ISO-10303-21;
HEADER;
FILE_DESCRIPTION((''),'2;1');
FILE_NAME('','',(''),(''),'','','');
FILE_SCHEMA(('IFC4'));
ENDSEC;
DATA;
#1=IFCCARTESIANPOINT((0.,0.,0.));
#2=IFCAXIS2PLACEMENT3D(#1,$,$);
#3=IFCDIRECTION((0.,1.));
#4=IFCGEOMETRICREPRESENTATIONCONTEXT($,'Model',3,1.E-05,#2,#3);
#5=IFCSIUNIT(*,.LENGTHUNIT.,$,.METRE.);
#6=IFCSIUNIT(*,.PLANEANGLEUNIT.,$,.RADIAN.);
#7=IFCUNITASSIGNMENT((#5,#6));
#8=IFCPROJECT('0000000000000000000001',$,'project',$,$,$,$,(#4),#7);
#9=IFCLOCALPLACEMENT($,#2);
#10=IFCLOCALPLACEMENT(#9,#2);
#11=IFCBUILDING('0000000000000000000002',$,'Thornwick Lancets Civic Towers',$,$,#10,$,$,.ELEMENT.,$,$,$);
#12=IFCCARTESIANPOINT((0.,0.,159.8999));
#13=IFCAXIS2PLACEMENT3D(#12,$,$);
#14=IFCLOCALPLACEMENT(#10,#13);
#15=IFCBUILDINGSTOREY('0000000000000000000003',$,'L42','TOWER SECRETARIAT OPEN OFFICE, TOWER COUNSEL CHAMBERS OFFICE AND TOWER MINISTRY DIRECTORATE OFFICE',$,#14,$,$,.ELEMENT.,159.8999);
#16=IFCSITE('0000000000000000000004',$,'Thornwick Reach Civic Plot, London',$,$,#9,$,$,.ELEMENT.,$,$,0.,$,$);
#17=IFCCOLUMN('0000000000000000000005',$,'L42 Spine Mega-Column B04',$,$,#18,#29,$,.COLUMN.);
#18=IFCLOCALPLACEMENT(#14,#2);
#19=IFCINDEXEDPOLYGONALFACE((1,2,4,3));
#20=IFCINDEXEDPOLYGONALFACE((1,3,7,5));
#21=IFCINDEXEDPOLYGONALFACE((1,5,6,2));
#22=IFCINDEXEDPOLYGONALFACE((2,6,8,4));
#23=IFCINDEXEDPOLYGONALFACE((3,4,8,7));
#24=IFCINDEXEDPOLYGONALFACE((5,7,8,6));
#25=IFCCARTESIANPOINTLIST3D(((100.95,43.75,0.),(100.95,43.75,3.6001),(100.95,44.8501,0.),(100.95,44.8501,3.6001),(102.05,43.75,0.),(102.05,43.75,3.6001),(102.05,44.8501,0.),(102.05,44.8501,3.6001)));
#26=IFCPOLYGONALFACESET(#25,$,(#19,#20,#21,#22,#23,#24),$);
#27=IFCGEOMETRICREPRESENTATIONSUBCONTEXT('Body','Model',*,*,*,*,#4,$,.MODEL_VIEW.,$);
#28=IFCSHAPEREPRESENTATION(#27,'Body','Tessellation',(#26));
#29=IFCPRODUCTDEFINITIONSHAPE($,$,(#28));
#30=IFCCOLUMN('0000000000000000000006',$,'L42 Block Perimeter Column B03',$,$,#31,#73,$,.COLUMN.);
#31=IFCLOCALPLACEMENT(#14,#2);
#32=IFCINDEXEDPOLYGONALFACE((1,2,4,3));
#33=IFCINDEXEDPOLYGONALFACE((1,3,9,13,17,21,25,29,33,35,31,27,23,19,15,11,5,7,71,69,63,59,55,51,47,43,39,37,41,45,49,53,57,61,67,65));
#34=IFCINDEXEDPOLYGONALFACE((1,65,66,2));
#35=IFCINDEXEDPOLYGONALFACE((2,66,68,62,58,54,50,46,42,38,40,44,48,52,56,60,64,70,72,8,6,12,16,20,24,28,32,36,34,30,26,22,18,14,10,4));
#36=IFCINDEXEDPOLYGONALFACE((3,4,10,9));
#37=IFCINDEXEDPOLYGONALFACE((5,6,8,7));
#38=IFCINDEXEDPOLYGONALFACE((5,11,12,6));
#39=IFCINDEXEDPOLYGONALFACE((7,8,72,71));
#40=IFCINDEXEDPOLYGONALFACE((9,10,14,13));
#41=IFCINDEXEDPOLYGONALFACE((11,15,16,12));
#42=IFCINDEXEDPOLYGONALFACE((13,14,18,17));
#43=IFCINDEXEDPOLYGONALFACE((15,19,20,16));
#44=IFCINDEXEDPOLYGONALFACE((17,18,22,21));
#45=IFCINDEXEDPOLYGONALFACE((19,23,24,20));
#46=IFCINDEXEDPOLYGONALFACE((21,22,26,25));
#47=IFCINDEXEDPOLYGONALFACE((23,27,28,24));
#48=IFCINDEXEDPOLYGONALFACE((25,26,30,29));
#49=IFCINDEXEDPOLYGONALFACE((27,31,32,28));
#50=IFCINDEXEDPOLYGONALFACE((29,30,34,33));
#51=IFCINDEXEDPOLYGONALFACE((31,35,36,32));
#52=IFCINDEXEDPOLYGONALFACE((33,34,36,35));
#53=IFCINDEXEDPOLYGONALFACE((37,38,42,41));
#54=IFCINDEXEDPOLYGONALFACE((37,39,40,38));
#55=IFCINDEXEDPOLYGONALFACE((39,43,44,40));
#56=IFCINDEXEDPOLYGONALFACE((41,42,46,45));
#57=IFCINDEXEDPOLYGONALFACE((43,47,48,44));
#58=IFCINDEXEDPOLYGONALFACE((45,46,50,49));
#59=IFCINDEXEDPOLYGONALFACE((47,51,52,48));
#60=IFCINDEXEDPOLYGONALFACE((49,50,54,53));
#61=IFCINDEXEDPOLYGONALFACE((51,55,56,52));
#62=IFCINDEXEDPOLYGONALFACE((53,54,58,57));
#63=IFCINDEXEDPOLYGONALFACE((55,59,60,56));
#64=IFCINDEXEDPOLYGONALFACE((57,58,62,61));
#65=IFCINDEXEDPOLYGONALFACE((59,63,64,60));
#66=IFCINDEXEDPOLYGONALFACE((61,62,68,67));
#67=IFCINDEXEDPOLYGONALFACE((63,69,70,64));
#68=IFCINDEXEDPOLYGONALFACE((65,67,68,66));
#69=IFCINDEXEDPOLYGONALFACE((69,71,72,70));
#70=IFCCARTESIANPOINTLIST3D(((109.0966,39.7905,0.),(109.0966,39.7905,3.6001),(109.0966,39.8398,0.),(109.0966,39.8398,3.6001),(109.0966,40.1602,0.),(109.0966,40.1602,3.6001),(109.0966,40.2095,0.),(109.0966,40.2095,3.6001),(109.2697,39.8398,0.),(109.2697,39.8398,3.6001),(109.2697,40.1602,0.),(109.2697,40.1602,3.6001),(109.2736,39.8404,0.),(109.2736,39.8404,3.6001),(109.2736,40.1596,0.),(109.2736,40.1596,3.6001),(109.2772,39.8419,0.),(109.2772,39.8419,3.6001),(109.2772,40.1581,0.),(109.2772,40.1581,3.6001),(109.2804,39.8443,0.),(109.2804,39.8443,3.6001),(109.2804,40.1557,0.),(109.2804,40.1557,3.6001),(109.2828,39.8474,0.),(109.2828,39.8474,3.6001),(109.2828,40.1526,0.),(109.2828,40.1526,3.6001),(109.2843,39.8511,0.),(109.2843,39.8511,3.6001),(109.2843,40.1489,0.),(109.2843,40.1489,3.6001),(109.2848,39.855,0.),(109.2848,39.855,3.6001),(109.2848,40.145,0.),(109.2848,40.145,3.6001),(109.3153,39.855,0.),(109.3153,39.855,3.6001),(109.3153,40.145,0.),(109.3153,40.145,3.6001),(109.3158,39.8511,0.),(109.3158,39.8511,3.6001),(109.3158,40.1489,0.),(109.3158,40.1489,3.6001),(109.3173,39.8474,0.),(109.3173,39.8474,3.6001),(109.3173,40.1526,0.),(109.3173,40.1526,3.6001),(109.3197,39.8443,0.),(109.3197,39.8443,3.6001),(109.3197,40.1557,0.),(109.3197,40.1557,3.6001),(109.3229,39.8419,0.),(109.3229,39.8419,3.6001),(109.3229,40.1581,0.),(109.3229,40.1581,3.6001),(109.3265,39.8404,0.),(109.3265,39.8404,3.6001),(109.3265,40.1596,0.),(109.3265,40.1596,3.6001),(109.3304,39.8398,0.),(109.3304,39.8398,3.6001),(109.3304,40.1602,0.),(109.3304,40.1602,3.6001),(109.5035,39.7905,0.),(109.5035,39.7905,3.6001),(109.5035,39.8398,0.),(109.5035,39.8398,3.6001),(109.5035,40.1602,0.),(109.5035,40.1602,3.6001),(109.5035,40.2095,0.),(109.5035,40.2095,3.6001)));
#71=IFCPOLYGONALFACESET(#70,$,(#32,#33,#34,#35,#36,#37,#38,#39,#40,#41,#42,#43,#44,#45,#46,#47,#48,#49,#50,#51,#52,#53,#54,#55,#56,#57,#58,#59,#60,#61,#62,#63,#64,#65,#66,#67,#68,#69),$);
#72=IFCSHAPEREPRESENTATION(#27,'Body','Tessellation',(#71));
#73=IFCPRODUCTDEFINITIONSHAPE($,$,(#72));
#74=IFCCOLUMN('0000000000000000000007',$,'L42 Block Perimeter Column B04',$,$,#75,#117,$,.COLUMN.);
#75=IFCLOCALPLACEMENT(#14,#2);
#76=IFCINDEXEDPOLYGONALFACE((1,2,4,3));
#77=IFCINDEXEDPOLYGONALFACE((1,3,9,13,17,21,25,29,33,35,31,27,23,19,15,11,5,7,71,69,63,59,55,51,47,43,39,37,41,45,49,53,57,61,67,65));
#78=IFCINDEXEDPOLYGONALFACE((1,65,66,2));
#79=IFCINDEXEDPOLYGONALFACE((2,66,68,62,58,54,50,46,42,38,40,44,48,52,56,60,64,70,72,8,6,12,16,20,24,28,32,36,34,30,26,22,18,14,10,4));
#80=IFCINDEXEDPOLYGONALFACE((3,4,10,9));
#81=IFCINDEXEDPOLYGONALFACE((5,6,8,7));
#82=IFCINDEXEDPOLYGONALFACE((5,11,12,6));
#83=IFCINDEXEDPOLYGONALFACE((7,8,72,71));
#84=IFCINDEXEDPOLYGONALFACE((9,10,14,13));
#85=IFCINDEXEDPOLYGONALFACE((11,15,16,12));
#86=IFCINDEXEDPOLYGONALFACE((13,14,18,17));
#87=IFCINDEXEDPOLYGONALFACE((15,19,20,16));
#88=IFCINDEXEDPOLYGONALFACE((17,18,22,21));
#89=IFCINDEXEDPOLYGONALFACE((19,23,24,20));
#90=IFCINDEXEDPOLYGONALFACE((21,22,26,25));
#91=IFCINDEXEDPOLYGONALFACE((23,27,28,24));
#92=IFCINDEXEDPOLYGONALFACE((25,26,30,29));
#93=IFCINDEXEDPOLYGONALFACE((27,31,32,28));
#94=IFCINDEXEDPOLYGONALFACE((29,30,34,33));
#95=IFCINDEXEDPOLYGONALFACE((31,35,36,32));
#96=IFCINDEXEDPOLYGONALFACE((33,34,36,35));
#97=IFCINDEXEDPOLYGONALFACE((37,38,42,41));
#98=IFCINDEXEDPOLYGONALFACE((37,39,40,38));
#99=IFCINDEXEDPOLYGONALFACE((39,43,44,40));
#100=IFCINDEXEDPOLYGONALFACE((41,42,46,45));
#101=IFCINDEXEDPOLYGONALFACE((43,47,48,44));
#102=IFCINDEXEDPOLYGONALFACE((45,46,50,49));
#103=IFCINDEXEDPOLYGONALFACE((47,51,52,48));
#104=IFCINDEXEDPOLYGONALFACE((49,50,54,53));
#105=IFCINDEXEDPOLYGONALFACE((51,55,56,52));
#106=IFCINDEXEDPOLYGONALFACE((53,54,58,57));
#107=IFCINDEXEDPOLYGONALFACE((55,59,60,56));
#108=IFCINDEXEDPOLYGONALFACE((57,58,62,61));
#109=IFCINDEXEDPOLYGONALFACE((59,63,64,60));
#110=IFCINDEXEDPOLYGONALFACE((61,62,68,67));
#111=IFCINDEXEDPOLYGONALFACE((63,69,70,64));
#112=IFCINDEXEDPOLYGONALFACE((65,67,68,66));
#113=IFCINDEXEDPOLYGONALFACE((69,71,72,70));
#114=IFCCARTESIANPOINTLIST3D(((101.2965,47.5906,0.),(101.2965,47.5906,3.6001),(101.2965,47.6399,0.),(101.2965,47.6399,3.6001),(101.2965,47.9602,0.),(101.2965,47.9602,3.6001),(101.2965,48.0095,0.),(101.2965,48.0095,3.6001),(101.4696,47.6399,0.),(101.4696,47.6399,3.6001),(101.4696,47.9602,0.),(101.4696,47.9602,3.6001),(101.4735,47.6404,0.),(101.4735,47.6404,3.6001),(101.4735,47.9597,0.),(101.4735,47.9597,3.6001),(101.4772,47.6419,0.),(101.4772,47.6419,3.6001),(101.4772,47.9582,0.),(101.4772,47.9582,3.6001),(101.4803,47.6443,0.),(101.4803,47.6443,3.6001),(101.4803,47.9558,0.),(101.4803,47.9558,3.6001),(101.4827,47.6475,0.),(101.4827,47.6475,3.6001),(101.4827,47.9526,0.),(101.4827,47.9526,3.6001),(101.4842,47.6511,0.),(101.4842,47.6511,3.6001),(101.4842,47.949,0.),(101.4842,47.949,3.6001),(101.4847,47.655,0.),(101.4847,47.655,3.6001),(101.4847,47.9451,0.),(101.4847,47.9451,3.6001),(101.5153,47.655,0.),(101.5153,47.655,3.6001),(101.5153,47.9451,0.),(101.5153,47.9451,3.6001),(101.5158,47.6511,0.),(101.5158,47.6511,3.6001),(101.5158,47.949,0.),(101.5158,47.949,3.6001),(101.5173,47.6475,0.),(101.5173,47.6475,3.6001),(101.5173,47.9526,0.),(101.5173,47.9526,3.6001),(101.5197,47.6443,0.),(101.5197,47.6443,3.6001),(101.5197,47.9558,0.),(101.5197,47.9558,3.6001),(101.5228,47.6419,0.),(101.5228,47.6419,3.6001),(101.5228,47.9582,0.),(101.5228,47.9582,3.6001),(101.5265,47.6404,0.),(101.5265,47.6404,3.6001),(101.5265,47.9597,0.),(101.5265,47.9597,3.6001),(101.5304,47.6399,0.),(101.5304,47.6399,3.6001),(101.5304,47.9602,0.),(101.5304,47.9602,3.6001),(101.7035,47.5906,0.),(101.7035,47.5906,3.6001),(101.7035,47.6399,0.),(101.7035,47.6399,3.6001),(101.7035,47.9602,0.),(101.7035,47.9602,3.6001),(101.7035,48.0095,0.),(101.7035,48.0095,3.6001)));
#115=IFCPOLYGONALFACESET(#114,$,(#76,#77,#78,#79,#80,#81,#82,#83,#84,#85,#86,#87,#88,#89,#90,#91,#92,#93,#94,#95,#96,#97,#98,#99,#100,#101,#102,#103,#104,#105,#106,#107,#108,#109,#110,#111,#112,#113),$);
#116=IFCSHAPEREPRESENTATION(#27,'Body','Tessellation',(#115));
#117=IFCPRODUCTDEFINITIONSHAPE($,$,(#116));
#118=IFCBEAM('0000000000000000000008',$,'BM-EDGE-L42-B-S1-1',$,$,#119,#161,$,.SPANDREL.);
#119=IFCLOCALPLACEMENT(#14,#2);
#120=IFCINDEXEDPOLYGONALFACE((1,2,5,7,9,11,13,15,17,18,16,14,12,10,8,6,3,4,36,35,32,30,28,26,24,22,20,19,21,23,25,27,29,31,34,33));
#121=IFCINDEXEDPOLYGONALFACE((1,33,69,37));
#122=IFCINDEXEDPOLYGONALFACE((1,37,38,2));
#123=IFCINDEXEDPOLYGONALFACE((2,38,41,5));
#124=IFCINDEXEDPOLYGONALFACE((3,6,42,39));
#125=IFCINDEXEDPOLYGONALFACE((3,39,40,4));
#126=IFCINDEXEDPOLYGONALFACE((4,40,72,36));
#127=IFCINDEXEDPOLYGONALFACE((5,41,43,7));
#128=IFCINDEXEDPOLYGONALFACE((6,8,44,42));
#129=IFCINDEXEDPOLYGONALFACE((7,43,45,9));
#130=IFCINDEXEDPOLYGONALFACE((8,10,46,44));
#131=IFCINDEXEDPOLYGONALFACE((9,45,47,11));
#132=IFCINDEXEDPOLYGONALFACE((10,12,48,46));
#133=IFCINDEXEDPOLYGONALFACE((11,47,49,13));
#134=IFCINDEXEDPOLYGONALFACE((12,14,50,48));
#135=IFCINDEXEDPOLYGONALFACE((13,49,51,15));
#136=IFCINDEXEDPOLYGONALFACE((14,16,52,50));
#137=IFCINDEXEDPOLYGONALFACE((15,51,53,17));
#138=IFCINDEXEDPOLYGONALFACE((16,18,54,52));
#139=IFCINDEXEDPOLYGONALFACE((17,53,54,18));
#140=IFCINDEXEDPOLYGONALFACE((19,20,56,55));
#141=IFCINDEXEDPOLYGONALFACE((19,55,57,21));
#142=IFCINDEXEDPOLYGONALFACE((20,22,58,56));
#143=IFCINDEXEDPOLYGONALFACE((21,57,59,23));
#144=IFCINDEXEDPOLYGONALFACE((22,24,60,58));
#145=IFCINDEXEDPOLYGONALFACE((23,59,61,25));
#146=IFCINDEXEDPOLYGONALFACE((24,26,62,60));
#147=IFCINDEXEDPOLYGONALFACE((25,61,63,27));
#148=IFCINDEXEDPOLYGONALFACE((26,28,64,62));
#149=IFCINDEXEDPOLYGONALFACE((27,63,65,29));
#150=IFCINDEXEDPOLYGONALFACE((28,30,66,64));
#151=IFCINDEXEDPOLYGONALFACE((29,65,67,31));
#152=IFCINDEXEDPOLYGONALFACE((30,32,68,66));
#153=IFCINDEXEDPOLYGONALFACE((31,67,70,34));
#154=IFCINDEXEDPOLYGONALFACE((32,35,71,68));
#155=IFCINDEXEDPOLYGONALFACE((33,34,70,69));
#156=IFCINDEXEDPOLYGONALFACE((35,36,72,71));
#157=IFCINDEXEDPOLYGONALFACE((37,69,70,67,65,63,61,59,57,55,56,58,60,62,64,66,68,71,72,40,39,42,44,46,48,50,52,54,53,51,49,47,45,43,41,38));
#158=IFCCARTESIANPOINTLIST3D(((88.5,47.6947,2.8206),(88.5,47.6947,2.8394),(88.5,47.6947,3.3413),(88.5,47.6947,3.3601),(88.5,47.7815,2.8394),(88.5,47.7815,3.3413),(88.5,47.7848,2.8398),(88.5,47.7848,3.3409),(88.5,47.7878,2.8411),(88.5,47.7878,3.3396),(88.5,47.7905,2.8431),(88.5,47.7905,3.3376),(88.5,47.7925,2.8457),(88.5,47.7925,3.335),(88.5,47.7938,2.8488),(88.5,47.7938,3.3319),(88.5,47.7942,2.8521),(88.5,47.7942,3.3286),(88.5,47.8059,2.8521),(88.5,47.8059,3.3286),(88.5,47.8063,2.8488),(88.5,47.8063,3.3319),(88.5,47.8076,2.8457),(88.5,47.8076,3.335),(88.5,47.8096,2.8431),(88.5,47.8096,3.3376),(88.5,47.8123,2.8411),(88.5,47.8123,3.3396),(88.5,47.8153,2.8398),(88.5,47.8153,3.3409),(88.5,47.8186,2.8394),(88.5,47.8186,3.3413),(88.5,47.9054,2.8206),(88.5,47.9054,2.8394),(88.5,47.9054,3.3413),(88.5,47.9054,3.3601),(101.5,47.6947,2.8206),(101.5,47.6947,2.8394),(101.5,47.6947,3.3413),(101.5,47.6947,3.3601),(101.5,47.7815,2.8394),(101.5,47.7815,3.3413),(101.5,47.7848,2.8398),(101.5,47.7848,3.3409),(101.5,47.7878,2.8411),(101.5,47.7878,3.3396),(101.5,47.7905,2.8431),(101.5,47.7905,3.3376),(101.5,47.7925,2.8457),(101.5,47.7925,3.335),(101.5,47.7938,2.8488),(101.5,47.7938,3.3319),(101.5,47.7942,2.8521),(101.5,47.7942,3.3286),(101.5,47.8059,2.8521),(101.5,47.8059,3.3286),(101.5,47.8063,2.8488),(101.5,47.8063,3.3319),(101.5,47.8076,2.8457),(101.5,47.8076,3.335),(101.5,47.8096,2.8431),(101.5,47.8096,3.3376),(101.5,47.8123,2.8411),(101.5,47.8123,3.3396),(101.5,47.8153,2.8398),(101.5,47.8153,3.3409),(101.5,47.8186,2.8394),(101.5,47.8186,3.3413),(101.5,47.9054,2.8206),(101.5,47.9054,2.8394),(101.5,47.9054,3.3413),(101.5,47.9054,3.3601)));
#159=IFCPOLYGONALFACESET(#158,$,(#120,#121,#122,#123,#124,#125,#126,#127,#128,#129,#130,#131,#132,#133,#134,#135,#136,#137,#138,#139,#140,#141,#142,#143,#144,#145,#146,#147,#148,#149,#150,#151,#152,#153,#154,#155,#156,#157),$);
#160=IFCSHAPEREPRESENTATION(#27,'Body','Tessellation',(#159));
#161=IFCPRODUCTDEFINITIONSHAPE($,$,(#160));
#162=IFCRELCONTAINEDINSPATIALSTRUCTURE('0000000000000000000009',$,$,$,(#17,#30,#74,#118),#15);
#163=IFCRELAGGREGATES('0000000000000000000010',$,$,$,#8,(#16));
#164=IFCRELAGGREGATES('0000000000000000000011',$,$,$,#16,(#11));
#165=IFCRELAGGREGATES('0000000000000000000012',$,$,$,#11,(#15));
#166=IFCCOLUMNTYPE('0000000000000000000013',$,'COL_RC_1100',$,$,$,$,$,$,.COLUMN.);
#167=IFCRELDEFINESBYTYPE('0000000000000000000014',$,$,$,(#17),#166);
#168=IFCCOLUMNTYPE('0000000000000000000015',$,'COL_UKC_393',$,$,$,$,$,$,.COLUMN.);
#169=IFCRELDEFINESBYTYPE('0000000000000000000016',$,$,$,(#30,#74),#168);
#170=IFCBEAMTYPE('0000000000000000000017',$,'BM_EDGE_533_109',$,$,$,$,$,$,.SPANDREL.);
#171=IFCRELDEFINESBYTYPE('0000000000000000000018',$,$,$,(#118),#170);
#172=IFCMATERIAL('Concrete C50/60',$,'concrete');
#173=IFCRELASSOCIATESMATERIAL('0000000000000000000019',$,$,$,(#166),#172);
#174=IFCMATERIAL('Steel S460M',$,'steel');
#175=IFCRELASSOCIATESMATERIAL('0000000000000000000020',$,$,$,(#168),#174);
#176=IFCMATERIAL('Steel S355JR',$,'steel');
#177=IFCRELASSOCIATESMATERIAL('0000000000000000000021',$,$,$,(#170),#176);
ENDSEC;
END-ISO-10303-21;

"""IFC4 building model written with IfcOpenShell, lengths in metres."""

from ifc_helpers import new_model, si_unit, direction, frame, origin, origin_2d, place, context, subcontext, project, spatial, rectangle, i_section, extrude, material, material_profile, profile_set, type_object, element, save


model = new_model("IFC4")

# Units and contexts
model_context = context("Model", 3, precision=1e-05, world=origin(), true_north=direction((0.0, 1.0)))
body_context = subcontext(model_context, "Body", "Model", "MODEL_VIEW")
ifc_project = project(units=[si_unit("LENGTHUNIT", "METRE"), si_unit("PLANEANGLEUNIT", "RADIAN")], contexts=[model_context])

# Site, building, storey
site_placement = place(None, origin())
site = spatial("IfcSite", under=ifc_project, at=site_placement, Name="Thornwick Reach Civic Plot, London", CompositionType="ELEMENT", RefElevation=0.0)
building_placement = place(site_placement, origin())
building = spatial("IfcBuilding", under=site, at=building_placement, Name="Thornwick Lancets Civic Towers", CompositionType="ELEMENT")
storey_placement = place(building_placement, frame((0.0, 0.0, 159.8999)))
storey = spatial("IfcBuildingStorey", under=building, at=storey_placement, Name="L42", Description="TOWER SECRETARIAT OPEN OFFICE, TOWER COUNSEL CHAMBERS OFFICE AND TOWER MINISTRY DIRECTORATE OFFICE", CompositionType="ELEMENT", Elevation=159.8999)

# Columns
ifc_material_1 = material(Name="Concrete C50/60", Category="concrete")
ifc_material_profile_1 = material_profile(ifc_material_1, rectangle(XDim=1.1001, YDim=1.1001, at=origin_2d()), Name="RC 1100x1100")
ifc_profile_set_1 = profile_set([ifc_material_profile_1], Name="Concrete C50/60")
column_type_1 = type_object("IfcColumnType", Name="COL_RC_1100", PredefinedType="COLUMN", material=ifc_profile_set_1)
column_placement = place(storey_placement, frame((101.5, 44.3, 0.0), z_axis=(0.0, 0.0, 1.0), x_axis=(1.0, 0.0, 0.0)))
element("IfcColumn", 1, at=column_placement, inside=storey, type_object=column_type_1, Name="L42 Spine Mega-Column B04", PredefinedType="COLUMN", context=body_context, shape_type="SweptSolid", body=[
    extrude(rectangle(XDim=1.1001, YDim=1.1001, at=origin_2d()), origin(), (0.0, 0.0, 1.0), 3.6001),
])
ifc_material_2 = material(Name="Steel S460M", Category="steel")
ifc_material_profile_2 = material_profile(ifc_material_2, i_section(OverallWidth=0.407, OverallDepth=0.4189, WebThickness=0.0305, FlangeThickness=0.0493, FilletRadius=0.0151, at=origin_2d()), Name="UKC 356x406x393")
ifc_profile_set_2 = profile_set([ifc_material_profile_2], Name="Steel S460M")
column_type_2 = type_object("IfcColumnType", Name="COL_UKC_393", PredefinedType="COLUMN", material=ifc_profile_set_2)
for number, where, z_axis, x_axis, name in (
    (2, (109.3, 40.0, 0.0), (0.0, 0.0, 1.0), (1.0, 0.0, 0.0), "L42 Block Perimeter Column B03"),
    (3, (101.5, 47.8, 0.0), (0.0, 0.0, 1.0), (1.0, 0.0, 0.0), "L42 Block Perimeter Column B04"),
):
    element("IfcColumn", number, at=place(storey_placement, frame(where, z_axis=z_axis, x_axis=x_axis)), inside=storey, type_object=column_type_2, Name=name, PredefinedType="COLUMN", context=body_context, shape_type="SweptSolid", body=[
        extrude(i_section(OverallWidth=0.407, OverallDepth=0.4189, WebThickness=0.0305, FlangeThickness=0.0493, FilletRadius=0.0151, at=origin_2d()), origin(), (0.0, 0.0, 1.0), 3.6001),
    ])

# Beam
ifc_material_3 = material(Name="Steel S355JR", Category="steel")
ifc_material_profile_3 = material_profile(ifc_material_3, i_section(OverallWidth=0.2107, OverallDepth=0.5396, WebThickness=0.0117, FlangeThickness=0.0188, FilletRadius=0.0127, at=origin_2d()), Name="UKB 533x210x109")
ifc_profile_set_3 = profile_set([ifc_material_profile_3], Name="Steel S355JR")
beam_type_1 = type_object("IfcBeamType", Name="BM_EDGE_533_109", PredefinedType="SPANDREL", material=ifc_profile_set_3)
beam_1_placement = place(storey_placement, frame((101.5, 47.8, 3.0903), z_axis=(-1.0, 0.0, 0.0), x_axis=(0.0, -1.0, 0.0)))
element("IfcBeam", 4, at=beam_1_placement, inside=storey, type_object=beam_type_1, Name="BM-EDGE-L42-B-S1-1", PredefinedType="SPANDREL", context=body_context, shape_type="SweptSolid", body=[
    extrude(i_section(OverallWidth=0.2107, OverallDepth=0.5396, WebThickness=0.0117, FlangeThickness=0.0188, FilletRadius=0.0127, at=origin_2d()), origin(), (0.0, 0.0, 1.0), 13.0),
])

save(model, "model.ifc")
